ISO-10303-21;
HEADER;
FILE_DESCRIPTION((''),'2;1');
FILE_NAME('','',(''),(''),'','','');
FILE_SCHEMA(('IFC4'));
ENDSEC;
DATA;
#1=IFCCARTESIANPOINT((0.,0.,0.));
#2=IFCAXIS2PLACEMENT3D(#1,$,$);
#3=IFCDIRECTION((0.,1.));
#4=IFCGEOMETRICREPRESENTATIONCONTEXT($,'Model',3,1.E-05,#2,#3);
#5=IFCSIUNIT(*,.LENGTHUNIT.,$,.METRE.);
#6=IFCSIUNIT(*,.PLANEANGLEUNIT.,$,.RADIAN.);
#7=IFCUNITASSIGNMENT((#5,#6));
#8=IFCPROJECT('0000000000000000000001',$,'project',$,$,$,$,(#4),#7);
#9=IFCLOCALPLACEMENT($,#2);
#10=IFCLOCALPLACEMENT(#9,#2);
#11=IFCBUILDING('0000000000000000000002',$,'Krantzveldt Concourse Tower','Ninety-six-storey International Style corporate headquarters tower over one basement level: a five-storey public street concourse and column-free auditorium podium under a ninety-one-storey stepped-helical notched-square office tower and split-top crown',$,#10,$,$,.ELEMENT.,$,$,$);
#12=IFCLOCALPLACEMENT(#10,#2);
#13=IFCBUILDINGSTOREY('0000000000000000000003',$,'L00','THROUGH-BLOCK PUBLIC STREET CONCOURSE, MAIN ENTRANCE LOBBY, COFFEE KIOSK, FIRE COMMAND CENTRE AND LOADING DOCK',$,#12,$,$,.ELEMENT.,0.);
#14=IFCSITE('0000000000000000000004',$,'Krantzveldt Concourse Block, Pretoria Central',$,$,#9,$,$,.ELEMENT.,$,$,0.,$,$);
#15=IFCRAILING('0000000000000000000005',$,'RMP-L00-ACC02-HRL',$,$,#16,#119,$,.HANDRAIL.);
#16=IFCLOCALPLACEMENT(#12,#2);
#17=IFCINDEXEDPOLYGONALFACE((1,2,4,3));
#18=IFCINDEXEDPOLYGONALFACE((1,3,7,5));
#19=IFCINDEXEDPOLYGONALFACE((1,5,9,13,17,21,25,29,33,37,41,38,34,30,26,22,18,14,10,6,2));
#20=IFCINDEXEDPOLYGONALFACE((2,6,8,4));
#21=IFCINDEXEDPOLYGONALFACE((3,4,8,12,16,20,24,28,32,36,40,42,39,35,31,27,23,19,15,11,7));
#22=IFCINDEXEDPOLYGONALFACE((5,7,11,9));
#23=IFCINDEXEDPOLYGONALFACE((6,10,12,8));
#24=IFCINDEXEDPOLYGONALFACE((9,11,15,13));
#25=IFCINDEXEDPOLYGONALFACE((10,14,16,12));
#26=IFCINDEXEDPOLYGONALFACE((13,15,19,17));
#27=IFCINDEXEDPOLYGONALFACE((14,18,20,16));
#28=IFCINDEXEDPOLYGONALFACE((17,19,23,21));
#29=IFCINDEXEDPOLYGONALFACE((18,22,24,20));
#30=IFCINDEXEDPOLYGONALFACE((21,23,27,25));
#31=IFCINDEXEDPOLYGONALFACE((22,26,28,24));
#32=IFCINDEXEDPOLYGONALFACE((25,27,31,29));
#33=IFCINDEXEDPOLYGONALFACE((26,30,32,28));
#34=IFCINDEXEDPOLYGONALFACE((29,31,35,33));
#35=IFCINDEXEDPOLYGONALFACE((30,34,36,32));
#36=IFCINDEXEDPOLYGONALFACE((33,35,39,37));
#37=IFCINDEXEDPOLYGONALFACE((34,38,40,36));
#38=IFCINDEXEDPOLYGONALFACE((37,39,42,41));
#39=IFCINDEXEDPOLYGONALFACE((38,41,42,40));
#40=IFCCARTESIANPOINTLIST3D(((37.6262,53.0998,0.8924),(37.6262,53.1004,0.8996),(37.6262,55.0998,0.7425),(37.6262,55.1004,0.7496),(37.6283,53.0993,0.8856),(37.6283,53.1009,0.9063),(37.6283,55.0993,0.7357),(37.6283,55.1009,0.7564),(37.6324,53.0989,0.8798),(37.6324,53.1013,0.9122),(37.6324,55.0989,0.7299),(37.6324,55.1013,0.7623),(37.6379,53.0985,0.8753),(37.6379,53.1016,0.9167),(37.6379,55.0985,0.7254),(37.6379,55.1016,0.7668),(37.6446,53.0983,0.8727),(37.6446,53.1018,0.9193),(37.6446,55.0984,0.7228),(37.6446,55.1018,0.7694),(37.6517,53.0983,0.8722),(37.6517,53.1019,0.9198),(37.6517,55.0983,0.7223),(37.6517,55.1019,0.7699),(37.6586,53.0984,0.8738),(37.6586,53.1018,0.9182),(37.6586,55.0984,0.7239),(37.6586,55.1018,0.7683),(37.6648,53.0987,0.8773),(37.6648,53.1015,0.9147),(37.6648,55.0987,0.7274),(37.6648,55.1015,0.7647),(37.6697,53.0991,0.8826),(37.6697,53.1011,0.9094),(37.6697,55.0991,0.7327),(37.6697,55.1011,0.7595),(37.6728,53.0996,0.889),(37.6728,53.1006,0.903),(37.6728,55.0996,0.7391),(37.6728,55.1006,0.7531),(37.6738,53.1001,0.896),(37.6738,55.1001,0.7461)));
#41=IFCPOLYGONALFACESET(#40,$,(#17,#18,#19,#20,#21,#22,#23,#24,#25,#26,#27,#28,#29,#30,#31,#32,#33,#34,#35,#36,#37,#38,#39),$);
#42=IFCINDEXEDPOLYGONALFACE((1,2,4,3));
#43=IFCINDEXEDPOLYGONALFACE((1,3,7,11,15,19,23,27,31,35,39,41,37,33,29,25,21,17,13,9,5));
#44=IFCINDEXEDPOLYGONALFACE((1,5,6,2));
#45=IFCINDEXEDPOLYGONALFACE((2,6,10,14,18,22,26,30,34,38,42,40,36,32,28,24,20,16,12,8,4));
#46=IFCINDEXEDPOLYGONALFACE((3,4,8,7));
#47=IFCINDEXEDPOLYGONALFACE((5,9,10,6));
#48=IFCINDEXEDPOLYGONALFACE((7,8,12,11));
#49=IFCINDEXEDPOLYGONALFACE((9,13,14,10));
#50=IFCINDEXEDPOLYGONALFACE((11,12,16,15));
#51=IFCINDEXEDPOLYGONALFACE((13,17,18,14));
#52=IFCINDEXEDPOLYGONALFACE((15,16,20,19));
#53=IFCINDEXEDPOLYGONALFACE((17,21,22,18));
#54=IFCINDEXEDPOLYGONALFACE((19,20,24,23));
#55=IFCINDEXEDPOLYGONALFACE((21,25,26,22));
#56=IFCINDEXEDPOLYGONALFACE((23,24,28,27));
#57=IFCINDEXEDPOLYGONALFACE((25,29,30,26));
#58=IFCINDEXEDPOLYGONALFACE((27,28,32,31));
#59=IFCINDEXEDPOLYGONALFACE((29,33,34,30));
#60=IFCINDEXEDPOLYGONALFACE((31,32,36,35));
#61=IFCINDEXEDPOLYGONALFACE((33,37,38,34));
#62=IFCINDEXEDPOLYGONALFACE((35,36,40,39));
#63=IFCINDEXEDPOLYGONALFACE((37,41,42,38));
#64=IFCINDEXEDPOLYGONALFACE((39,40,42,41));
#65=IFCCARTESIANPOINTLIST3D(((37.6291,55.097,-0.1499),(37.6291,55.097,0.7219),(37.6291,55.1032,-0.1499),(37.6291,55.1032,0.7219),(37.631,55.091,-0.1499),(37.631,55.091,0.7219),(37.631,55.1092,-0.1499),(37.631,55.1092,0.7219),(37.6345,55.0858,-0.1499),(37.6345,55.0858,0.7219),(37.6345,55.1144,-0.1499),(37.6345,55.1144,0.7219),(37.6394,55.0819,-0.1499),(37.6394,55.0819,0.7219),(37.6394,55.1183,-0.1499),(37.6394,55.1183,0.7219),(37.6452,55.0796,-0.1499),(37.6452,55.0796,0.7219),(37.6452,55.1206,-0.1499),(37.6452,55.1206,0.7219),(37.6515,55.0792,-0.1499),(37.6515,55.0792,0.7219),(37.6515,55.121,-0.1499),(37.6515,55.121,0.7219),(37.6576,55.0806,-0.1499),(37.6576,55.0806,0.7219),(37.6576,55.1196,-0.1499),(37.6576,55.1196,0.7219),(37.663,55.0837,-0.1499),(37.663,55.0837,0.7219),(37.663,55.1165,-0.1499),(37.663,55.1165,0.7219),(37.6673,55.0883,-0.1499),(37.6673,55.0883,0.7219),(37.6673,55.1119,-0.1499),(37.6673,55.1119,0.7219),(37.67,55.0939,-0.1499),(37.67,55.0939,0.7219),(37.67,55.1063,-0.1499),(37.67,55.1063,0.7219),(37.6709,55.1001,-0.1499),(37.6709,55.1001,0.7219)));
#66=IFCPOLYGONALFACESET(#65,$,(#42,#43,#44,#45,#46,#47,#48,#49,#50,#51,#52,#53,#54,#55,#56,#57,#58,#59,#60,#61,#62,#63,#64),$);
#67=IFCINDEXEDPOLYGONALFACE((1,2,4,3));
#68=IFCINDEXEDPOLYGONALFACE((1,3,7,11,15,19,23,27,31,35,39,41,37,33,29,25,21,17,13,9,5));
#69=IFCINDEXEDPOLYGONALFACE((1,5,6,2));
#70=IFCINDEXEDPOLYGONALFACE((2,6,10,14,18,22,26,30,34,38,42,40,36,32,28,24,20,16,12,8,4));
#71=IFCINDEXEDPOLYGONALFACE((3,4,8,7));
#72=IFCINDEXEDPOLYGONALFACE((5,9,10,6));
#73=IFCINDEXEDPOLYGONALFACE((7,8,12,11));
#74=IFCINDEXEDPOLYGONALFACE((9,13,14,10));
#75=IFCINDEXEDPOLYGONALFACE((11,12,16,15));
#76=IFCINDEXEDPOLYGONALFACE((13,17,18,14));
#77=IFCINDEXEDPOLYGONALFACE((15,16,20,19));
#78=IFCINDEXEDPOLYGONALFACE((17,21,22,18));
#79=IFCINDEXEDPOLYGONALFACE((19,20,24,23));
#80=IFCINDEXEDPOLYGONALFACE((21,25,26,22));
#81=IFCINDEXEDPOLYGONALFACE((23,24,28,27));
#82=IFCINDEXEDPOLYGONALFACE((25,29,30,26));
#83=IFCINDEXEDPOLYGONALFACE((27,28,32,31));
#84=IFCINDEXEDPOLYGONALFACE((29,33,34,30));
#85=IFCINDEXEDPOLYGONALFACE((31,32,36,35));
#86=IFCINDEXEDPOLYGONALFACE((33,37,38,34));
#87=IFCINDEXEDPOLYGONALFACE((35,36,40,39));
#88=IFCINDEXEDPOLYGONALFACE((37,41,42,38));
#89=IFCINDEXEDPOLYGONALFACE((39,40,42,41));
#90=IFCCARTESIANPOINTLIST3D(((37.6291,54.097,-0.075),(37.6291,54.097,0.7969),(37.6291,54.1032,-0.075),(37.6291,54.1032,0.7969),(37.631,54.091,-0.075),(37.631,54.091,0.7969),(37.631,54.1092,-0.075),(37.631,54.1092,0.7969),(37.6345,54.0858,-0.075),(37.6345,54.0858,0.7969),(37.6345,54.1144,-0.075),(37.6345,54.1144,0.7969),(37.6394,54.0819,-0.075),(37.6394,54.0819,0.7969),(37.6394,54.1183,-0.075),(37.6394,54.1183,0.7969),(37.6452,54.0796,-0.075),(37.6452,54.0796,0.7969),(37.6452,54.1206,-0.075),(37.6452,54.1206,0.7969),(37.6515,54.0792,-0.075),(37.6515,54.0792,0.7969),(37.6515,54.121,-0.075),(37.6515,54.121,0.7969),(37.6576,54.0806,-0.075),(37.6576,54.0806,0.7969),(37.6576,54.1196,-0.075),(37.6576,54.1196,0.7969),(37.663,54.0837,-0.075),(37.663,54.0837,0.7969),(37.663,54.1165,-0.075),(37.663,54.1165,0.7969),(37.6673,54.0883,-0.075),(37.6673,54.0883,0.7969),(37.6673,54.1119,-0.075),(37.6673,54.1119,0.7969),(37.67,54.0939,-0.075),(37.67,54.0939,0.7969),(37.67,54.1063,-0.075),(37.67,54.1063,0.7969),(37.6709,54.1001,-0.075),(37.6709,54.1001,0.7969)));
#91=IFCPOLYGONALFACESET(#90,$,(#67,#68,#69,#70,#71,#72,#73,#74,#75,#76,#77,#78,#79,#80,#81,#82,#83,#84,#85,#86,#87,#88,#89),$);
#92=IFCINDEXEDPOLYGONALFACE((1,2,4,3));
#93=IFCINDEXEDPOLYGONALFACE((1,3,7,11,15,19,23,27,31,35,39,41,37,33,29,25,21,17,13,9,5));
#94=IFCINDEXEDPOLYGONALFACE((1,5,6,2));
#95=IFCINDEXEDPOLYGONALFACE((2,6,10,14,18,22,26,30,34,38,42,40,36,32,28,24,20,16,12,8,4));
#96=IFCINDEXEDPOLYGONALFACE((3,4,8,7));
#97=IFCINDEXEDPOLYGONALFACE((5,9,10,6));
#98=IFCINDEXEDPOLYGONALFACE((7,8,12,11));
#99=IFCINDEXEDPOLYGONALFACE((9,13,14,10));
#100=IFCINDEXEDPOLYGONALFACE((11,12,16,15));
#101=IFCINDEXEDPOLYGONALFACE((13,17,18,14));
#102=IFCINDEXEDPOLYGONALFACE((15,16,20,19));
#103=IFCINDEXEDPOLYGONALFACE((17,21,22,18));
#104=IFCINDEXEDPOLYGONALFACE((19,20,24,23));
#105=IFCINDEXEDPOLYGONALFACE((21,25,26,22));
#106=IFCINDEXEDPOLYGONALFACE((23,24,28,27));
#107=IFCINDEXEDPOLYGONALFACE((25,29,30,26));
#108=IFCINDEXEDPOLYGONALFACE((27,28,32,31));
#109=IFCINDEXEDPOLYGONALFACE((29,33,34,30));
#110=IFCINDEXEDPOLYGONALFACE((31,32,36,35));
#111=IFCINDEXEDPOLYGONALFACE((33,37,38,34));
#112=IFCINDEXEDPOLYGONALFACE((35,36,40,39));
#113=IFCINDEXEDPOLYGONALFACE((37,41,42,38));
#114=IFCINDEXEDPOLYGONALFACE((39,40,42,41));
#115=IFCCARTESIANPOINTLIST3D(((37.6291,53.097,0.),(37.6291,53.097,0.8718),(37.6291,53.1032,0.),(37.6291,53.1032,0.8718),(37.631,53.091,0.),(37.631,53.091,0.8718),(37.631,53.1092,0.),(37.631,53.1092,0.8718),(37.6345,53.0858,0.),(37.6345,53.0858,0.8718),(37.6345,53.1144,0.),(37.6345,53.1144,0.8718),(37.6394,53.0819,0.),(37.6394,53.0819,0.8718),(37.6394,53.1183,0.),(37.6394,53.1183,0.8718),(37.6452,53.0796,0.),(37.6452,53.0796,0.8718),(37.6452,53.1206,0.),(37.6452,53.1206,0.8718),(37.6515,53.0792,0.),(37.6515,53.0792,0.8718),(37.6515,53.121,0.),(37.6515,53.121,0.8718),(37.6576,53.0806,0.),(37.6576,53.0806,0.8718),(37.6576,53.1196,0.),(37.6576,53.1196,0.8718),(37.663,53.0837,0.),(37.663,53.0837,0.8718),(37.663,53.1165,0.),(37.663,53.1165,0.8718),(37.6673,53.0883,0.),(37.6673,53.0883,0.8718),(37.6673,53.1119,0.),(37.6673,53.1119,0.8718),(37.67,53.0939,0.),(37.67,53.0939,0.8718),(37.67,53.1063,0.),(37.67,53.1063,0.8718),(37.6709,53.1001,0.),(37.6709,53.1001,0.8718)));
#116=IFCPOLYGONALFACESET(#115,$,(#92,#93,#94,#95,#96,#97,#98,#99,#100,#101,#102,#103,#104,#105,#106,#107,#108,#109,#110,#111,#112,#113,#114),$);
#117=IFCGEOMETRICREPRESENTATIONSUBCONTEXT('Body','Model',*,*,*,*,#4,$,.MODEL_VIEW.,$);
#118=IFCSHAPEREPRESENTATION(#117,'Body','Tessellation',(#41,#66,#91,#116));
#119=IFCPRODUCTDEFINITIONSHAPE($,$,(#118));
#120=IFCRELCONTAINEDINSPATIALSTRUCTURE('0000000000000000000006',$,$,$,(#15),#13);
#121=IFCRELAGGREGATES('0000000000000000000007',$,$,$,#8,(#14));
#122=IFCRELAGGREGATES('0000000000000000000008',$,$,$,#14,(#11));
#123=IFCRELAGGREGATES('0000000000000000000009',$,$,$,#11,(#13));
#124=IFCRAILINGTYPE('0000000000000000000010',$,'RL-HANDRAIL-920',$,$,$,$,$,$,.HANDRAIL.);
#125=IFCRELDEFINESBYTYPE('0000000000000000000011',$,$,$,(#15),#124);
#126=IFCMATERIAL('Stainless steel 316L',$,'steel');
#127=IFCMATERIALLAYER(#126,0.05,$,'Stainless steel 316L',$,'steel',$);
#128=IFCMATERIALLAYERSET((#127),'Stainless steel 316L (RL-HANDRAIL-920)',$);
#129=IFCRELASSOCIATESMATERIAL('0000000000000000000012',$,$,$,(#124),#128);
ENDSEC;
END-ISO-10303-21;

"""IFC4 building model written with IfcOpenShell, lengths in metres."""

from ifc_helpers import new_model, si_unit, direction, frame, origin, origin_2d, place, context, subcontext, project, spatial, circle, extrude, material, layer, layer_set, type_object, element, save


model = new_model("IFC4")

# Units and contexts
model_context = context("Model", 3, precision=1e-05, world=origin(), true_north=direction((0.0, 1.0)))
body_context = subcontext(model_context, "Body", "Model", "MODEL_VIEW")
ifc_project = project(units=[si_unit("LENGTHUNIT", "METRE"), si_unit("PLANEANGLEUNIT", "RADIAN")], contexts=[model_context])

# Site, building, storey
site_placement = place(None, origin())
site = spatial("IfcSite", under=ifc_project, at=site_placement, Name="Krantzveldt Concourse Block, Pretoria Central", CompositionType="ELEMENT", RefElevation=0.0)
building_placement = place(site_placement, origin())
building = spatial("IfcBuilding", under=site, at=building_placement, Name="Krantzveldt Concourse Tower", Description="Ninety-six-storey International Style corporate headquarters tower over one basement level: a five-storey public street concourse and column-free auditorium podium under a ninety-one-storey stepped-helical notched-square office tower and split-top crown", CompositionType="ELEMENT")
storey_placement = place(building_placement, origin())
storey = spatial("IfcBuildingStorey", under=building, at=storey_placement, Name="L00", Description="THROUGH-BLOCK PUBLIC STREET CONCOURSE, MAIN ENTRANCE LOBBY, COFFEE KIOSK, FIRE COMMAND CENTRE AND LOADING DOCK", CompositionType="ELEMENT", Elevation=0.0)

# Shared definitions
ifc_material_1 = material(Name="Stainless steel 316L", Category="steel")

# Railing
ifc_layer_1 = layer(ifc_material_1, 0.05, Name="Stainless steel 316L", Category="steel")
ifc_layer_set_1 = layer_set([ifc_layer_1], Name="Stainless steel 316L (RL-HANDRAIL-920)")
railing_type = type_object("IfcRailingType", Name="RL-HANDRAIL-920", PredefinedType="HANDRAIL", material=ifc_layer_set_1)
for number, where, name in (
    (1, (37.6499, 55.1001, -0.1499), "RMP-L00-ACC02-HRL"),
):
    element("IfcRailing", number, at=place(storey_placement, frame(where)), inside=storey, type_object=railing_type, Name=name, PredefinedType="HANDRAIL", context=body_context, shape_type="SweptSolid", body=[
        extrude(circle(Radius=0.0239, at=origin_2d()), frame((0.0, 0.0, 0.896), z_axis=(0.0, -0.997203, 0.074742), x_axis=(1.0, 0.0, 0.0)), (0.0, 0.0, 1.0), 2.0056),
        extrude(circle(Radius=0.021, at=origin_2d()), origin(), (0.0, 0.0, 1.0), 0.8718),
        extrude(circle(Radius=0.021, at=origin_2d()), frame((0.0, -1.0, 0.075)), (0.0, 0.0, 1.0), 0.8718),
        extrude(circle(Radius=0.021, at=origin_2d()), frame((0.0, -2.0, 0.1499)), (0.0, 0.0, 1.0), 0.8718),
    ])

save(model, "model.ifc")
